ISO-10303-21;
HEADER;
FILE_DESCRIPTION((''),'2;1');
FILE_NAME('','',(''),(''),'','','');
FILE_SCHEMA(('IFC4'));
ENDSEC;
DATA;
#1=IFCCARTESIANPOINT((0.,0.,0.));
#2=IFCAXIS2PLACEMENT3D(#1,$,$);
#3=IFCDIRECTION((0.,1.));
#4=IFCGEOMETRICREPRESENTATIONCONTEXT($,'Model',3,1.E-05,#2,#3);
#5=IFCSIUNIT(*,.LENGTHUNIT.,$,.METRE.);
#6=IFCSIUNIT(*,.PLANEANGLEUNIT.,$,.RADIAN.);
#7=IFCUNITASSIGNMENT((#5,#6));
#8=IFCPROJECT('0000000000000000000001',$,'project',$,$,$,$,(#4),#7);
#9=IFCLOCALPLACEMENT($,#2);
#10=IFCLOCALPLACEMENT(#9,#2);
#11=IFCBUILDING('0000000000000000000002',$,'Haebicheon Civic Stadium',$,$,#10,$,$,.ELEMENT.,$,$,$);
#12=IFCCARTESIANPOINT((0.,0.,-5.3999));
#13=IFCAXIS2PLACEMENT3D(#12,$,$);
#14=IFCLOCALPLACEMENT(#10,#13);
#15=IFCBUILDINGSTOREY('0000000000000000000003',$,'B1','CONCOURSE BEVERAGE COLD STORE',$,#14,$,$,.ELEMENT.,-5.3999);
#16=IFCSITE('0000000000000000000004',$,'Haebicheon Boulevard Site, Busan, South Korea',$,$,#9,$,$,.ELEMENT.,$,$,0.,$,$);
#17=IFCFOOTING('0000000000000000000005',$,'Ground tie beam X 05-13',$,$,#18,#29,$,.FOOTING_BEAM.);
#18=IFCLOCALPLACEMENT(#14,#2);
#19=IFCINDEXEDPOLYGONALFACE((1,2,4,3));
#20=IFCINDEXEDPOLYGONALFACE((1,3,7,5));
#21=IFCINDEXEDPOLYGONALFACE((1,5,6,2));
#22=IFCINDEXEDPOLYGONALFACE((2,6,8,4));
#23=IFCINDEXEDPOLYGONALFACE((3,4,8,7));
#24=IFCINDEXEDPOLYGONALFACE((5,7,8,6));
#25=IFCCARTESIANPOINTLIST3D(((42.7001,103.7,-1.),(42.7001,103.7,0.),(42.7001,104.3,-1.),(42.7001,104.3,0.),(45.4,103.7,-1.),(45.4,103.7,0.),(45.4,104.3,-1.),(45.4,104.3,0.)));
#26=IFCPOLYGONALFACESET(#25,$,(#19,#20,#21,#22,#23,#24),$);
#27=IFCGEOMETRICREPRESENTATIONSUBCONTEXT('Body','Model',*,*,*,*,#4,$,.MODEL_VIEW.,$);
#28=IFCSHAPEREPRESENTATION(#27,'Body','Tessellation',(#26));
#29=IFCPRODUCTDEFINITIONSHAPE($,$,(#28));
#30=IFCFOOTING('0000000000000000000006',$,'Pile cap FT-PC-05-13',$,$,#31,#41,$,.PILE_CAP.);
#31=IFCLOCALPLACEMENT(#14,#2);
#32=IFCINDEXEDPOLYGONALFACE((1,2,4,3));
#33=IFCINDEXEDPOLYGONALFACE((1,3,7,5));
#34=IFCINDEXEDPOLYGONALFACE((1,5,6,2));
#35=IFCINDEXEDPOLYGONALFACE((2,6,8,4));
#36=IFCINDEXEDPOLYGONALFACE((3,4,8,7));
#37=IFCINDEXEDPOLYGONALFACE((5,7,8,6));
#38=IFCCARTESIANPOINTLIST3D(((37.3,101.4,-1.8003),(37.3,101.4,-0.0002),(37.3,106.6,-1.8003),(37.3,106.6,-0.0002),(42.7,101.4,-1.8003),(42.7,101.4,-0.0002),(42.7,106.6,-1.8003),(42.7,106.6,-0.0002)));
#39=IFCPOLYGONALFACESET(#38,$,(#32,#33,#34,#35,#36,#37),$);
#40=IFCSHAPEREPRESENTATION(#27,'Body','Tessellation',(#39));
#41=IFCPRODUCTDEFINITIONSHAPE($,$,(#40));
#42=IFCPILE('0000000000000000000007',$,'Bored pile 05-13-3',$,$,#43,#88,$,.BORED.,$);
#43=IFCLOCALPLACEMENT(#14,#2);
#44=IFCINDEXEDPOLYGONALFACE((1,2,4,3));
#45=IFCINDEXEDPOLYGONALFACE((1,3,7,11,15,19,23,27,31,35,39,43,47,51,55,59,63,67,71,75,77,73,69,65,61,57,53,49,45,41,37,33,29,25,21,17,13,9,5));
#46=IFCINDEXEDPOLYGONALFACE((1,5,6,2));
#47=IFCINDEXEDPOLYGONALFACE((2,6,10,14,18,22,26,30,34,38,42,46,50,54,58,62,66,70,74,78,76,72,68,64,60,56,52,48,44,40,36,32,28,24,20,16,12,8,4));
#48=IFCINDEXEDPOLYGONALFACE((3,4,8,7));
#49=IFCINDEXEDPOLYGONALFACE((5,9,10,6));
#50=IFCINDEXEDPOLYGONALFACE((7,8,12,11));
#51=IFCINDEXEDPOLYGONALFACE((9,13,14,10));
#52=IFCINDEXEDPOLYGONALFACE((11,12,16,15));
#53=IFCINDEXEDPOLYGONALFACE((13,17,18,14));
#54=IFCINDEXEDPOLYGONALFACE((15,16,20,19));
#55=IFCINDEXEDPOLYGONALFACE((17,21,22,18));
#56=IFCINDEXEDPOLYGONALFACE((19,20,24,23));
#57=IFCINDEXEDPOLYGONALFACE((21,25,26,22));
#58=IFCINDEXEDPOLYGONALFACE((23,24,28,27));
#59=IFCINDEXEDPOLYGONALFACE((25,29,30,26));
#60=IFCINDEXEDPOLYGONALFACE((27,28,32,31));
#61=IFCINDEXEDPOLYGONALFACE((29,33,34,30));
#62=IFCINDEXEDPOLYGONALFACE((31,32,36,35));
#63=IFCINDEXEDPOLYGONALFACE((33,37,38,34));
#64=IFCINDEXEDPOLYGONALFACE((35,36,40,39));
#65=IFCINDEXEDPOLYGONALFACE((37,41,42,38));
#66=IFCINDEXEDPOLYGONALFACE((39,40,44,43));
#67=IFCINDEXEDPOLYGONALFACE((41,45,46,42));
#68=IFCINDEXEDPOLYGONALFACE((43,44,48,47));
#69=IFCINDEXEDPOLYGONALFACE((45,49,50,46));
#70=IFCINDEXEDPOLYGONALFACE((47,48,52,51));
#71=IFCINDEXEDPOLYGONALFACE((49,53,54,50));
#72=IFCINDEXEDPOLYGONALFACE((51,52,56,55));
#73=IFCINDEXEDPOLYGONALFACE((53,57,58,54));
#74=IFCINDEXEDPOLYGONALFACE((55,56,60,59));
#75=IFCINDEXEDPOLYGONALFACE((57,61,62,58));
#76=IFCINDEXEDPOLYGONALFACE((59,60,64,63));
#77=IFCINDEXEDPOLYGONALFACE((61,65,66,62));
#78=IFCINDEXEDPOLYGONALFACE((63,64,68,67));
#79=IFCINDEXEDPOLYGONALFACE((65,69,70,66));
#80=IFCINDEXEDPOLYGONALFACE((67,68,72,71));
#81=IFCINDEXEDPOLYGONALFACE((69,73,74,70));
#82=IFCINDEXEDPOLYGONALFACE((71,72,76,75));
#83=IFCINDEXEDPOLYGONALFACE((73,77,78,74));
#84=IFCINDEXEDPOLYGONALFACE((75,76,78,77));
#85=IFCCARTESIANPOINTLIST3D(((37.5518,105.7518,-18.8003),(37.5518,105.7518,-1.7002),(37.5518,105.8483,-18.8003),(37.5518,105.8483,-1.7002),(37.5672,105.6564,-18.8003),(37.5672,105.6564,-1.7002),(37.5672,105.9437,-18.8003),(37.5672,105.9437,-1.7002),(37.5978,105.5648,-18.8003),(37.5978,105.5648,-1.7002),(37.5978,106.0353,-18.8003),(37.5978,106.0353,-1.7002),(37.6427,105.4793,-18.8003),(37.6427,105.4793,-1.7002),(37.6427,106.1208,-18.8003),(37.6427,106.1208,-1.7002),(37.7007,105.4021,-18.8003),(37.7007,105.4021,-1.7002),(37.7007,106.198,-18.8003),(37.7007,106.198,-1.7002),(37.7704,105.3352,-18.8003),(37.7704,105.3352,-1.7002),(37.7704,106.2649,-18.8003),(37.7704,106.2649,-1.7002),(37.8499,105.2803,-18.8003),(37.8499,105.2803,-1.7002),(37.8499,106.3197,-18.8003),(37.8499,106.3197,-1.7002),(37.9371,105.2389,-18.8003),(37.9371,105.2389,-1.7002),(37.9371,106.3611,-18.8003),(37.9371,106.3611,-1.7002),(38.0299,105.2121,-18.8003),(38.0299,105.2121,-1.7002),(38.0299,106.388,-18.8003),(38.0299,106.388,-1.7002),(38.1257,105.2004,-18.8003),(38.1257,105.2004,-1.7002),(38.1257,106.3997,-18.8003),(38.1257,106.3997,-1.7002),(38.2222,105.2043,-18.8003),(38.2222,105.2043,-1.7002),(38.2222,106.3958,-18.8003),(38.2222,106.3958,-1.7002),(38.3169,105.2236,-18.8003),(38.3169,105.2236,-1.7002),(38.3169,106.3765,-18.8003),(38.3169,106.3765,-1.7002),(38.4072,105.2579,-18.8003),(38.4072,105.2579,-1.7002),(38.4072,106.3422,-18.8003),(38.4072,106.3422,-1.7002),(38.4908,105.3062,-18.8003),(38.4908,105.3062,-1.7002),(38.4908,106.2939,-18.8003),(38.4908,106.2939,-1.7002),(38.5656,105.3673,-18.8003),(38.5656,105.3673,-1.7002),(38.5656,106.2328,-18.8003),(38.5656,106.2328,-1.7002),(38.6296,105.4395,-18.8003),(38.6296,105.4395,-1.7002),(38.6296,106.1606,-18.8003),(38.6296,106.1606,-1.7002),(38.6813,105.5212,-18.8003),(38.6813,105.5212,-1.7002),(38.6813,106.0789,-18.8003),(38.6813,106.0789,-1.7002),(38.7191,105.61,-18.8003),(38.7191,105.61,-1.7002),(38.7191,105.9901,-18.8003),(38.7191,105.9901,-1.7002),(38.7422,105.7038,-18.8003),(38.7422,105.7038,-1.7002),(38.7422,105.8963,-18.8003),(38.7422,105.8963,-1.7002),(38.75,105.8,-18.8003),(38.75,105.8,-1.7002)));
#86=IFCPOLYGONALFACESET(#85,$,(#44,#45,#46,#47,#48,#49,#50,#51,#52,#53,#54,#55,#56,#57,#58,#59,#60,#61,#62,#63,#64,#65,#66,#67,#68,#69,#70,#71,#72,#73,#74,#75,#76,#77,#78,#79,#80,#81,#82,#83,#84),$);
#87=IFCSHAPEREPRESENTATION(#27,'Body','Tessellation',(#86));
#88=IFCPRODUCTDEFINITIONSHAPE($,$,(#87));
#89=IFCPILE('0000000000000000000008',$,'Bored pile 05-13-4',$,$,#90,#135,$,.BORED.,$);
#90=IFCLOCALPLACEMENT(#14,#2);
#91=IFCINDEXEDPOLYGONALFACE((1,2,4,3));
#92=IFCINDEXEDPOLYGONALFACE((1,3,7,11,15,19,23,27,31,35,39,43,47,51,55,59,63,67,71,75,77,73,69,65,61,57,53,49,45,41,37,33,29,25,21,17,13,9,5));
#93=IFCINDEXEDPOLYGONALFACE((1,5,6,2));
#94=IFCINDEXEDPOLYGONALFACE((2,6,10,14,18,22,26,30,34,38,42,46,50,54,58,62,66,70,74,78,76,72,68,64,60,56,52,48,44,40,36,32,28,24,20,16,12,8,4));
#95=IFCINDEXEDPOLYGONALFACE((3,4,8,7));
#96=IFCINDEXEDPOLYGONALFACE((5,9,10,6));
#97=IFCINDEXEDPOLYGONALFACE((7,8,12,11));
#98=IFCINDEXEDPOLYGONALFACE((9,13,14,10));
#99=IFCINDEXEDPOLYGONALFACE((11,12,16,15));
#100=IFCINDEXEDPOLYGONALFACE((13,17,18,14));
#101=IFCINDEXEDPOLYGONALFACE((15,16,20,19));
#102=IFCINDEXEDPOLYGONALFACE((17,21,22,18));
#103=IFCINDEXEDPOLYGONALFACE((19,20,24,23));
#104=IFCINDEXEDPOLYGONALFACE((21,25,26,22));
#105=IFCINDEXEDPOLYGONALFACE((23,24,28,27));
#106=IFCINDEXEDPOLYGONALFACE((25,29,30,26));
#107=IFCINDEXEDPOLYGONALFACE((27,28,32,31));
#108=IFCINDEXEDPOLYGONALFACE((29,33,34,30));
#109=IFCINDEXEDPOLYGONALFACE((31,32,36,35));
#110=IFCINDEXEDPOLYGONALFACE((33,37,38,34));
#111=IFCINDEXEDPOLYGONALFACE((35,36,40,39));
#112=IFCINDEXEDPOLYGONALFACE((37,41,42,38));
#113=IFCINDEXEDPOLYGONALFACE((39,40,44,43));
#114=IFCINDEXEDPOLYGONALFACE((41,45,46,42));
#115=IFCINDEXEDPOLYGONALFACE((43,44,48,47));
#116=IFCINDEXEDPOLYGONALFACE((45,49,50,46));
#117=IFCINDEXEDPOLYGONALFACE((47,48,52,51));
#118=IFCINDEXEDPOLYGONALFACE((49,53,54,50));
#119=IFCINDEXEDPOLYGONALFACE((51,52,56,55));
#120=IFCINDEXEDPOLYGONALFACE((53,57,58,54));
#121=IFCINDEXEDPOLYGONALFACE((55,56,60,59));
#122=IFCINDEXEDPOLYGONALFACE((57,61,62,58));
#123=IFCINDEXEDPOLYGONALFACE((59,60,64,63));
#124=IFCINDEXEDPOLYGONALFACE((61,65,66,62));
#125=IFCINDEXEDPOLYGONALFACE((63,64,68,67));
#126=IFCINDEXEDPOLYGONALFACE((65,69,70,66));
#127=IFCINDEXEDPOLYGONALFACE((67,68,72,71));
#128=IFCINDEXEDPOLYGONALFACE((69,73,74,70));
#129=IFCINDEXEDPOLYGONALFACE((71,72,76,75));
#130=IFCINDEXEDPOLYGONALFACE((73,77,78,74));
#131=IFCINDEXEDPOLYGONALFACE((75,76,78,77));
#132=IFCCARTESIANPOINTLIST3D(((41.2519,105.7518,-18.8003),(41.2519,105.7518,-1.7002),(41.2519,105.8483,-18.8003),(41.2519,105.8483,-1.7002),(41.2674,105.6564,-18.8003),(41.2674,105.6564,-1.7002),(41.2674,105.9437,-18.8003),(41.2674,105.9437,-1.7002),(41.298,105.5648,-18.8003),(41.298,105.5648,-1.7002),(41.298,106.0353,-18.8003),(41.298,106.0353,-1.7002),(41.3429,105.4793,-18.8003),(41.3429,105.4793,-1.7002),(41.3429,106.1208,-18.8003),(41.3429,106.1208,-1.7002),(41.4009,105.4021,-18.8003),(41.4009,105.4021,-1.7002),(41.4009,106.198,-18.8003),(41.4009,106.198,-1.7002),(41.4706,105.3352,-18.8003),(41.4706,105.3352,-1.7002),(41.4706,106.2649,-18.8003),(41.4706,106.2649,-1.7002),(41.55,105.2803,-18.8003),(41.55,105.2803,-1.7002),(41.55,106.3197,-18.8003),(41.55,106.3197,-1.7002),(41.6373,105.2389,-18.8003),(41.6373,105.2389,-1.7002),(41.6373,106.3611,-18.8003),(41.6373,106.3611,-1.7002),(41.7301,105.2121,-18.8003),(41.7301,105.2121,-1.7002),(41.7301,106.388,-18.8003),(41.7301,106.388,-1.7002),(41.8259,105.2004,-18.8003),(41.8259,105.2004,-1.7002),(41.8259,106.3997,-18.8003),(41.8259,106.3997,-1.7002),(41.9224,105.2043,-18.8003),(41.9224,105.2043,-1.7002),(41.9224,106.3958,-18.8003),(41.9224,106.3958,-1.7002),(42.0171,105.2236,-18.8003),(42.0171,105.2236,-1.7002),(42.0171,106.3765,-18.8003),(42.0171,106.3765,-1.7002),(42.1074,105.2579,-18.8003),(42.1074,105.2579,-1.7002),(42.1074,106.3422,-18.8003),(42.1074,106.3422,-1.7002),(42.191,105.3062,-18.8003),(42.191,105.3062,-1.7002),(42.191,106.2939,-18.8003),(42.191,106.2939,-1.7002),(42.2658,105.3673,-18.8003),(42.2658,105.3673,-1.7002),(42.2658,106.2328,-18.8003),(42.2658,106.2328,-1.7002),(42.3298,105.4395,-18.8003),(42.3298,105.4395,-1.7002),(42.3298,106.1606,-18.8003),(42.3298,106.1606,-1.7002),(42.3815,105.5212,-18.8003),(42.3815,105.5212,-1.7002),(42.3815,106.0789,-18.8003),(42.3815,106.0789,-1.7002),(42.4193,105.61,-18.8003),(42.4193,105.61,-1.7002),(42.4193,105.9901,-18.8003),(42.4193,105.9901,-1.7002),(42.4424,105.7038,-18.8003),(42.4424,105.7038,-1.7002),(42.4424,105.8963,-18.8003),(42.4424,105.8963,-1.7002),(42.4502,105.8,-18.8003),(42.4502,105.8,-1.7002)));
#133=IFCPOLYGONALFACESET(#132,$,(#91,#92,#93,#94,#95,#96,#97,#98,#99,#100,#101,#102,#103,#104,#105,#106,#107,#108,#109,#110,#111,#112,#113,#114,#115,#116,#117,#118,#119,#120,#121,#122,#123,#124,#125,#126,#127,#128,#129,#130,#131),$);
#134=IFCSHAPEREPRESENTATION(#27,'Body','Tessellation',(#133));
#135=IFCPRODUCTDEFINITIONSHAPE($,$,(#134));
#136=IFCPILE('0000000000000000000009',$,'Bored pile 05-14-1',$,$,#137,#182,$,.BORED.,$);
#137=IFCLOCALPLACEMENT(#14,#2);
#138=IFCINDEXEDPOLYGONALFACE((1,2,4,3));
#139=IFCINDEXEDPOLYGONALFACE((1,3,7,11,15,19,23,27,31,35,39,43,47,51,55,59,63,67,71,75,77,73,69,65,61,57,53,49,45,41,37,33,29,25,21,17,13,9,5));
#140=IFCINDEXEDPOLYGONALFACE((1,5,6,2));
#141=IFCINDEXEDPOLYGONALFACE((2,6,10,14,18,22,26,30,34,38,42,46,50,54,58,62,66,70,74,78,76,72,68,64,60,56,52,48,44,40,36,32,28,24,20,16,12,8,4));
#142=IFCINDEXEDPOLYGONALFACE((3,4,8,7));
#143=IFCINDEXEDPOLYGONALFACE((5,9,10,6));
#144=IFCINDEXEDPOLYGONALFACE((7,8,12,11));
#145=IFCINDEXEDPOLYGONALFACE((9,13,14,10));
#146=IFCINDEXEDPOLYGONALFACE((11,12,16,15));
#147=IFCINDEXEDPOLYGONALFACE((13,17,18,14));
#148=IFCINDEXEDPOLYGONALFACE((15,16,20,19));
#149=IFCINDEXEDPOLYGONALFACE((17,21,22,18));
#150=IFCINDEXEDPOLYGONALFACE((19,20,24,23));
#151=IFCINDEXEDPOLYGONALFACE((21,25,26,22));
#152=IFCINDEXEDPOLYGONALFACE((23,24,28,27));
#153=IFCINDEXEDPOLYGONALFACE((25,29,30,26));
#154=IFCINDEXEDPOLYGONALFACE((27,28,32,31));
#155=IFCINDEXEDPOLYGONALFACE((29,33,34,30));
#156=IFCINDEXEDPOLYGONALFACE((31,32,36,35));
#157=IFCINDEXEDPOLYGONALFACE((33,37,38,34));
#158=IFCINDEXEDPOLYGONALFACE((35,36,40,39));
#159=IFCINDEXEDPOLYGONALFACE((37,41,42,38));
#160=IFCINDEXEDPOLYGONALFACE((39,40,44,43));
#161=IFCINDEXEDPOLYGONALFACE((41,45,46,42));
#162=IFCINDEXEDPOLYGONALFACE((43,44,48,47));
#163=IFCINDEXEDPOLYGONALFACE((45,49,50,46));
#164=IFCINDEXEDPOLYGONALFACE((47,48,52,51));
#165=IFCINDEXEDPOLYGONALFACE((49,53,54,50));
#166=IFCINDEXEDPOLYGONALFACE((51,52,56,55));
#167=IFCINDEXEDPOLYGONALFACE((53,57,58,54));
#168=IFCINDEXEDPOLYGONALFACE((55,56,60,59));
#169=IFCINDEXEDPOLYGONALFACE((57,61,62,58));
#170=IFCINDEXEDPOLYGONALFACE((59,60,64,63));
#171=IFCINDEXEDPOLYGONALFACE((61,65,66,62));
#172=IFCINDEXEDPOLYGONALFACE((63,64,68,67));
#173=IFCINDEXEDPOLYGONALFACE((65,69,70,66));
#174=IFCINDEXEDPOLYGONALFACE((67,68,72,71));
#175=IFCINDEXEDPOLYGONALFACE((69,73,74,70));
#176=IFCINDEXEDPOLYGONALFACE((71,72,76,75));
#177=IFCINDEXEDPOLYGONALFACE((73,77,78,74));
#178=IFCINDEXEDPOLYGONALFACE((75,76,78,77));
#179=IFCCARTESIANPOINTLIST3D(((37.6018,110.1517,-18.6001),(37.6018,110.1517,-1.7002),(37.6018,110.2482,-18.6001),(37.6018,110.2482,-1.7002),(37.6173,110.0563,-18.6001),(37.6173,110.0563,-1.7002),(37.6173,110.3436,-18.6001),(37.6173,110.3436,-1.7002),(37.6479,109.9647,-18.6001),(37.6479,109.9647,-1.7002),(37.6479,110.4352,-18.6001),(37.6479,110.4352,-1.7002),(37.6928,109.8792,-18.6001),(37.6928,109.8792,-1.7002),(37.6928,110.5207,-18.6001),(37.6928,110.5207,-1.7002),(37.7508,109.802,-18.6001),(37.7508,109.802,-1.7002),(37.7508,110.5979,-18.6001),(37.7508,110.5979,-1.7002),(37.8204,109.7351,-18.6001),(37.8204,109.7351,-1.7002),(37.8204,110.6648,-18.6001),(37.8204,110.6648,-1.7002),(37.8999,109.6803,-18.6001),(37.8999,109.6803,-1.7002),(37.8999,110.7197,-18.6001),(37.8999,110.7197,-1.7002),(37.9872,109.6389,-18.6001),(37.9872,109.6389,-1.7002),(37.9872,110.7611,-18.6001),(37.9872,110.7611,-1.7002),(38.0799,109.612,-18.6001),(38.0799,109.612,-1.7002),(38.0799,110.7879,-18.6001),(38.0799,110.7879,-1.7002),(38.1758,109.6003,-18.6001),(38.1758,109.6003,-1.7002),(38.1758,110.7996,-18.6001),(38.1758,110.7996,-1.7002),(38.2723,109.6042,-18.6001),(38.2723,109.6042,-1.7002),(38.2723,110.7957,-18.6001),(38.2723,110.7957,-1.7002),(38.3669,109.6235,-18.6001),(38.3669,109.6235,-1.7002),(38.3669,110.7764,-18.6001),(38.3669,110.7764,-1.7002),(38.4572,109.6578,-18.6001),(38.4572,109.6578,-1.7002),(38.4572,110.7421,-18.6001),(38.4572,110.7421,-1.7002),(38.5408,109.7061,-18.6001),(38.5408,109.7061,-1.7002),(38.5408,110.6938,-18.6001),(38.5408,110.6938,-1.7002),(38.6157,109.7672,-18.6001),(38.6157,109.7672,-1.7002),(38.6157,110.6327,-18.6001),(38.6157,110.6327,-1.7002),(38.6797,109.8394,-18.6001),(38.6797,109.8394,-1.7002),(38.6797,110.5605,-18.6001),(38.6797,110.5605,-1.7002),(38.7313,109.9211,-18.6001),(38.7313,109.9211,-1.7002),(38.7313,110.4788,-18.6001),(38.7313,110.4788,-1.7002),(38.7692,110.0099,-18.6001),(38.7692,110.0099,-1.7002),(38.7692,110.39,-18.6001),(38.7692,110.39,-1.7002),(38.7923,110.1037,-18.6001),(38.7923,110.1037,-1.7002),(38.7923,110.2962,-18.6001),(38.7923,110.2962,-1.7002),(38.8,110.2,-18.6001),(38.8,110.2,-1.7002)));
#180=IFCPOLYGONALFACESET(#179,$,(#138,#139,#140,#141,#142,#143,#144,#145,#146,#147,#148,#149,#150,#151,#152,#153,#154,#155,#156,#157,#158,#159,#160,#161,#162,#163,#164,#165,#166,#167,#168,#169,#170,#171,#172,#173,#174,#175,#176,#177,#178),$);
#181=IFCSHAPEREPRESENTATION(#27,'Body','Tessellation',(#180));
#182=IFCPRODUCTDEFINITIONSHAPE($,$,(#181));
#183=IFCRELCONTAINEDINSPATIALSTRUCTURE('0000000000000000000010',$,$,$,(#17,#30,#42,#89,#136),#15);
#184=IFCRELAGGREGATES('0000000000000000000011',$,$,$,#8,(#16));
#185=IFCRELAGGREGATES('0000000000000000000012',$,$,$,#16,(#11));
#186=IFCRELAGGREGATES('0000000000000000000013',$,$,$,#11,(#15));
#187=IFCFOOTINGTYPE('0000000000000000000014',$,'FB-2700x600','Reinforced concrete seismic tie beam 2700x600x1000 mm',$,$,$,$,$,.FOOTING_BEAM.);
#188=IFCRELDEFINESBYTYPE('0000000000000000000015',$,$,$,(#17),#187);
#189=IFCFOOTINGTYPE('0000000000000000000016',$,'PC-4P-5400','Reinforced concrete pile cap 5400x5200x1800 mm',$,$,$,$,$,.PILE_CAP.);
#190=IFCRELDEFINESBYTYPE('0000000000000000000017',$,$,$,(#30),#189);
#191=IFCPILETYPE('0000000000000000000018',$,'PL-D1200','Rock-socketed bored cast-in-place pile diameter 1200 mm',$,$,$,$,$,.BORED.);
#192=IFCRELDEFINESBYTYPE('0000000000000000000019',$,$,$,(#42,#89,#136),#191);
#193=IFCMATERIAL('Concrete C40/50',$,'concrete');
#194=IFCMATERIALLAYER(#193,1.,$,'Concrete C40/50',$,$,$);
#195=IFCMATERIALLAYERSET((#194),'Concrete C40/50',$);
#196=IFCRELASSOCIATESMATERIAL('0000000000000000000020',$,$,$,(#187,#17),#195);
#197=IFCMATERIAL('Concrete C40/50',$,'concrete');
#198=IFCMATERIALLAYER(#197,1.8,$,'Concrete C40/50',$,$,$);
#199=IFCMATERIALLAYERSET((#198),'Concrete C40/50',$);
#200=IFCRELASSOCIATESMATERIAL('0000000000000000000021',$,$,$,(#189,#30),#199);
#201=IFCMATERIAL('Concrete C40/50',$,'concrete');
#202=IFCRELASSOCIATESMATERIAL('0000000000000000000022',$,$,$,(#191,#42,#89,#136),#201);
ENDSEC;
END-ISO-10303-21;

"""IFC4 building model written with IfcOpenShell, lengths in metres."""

from ifc_helpers import new_model, si_unit, direction, frame, origin, origin_2d, place, context, subcontext, project, spatial, rectangle, circle, extrude, material, layer, layer_set, material_profile, profile_set, type_object, element, save


model = new_model("IFC4")

# Units and contexts
model_context = context("Model", 3, precision=1e-05, world=origin(), true_north=direction((0.0, 1.0)))
body_context = subcontext(model_context, "Body", "Model", "MODEL_VIEW")
ifc_project = project(units=[si_unit("LENGTHUNIT", "METRE"), si_unit("PLANEANGLEUNIT", "RADIAN")], contexts=[model_context])

# Site, building, storey
site_placement = place(None, origin())
site = spatial("IfcSite", under=ifc_project, at=site_placement, Name="Haebicheon Boulevard Site, Busan, South Korea", CompositionType="ELEMENT", RefElevation=0.0)
building_placement = place(site_placement, origin())
building = spatial("IfcBuilding", under=site, at=building_placement, Name="Haebicheon Civic Stadium", CompositionType="ELEMENT")
storey_placement = place(building_placement, frame((0.0, 0.0, -5.3999)))
storey = spatial("IfcBuildingStorey", under=building, at=storey_placement, Name="B1", Description="CONCOURSE BEVERAGE COLD STORE", CompositionType="ELEMENT", Elevation=-5.3999)

# Footings
ifc_material_1 = material(Name="Concrete C40/50", Category="concrete")
ifc_layer_1 = layer(ifc_material_1, 1.0, Name="Concrete C40/50")
ifc_layer_set_1 = layer_set([ifc_layer_1], Name="Concrete C40/50")
footing_type_1 = type_object("IfcFootingType", Name="FB-2700x600", Description="Reinforced concrete seismic tie beam 2700x600x1000 mm", PredefinedType="FOOTING_BEAM", material=ifc_layer_set_1)
footing_1_placement = place(storey_placement, frame((44.05, 104.0, -1.0), z_axis=(0.0, 0.0, 1.0), x_axis=(1.0, 0.0, 0.0)))
element("IfcFooting", 1, at=footing_1_placement, inside=storey, type_object=footing_type_1, material=ifc_layer_set_1, Name="Ground tie beam X 05-13", PredefinedType="FOOTING_BEAM", context=body_context, shape_type="SweptSolid", body=[
    extrude(rectangle(XDim=2.7, YDim=0.6001, at=origin_2d()), origin(), (0.0, 0.0, 1.0), 1.0),
])
ifc_material_2 = material(Name="Concrete C40/50", Category="concrete")
ifc_layer_2 = layer(ifc_material_2, 1.8, Name="Concrete C40/50")
ifc_layer_set_2 = layer_set([ifc_layer_2], Name="Concrete C40/50")
footing_type_2 = type_object("IfcFootingType", Name="PC-4P-5400", Description="Reinforced concrete pile cap 5400x5200x1800 mm", PredefinedType="PILE_CAP", material=ifc_layer_set_2)
footing_2_placement = place(storey_placement, frame((40.0, 104.0, -1.8003), z_axis=(0.0, 0.0, 1.0), x_axis=(1.0, 0.0, 0.0)))
element("IfcFooting", 2, at=footing_2_placement, inside=storey, type_object=footing_type_2, material=ifc_layer_set_2, Name="Pile cap FT-PC-05-13", PredefinedType="PILE_CAP", context=body_context, shape_type="SweptSolid", body=[
    extrude(rectangle(XDim=5.3999, YDim=5.2, at=origin_2d()), origin(), (0.0, 0.0, 1.0), 1.8),
])

# Piles
ifc_material_3 = material(Name="Concrete C40/50", Category="concrete")
ifc_material_profile_1 = material_profile(ifc_material_3, circle(Radius=0.6001, at=origin_2d()), Name="PILE-D1200")
ifc_profile_set_1 = profile_set([ifc_material_profile_1], Name="Concrete C40/50")
pile_type = type_object("IfcPileType", Name="PL-D1200", Description="Rock-socketed bored cast-in-place pile diameter 1200 mm", PredefinedType="BORED", material=ifc_profile_set_1)
for number, where, z_axis, x_axis, name in (
    (3, (38.1499, 105.8, -1.7002), (0.0, 0.0, -1.0), (1.0, 0.0, 0.0), "Bored pile 05-13-3"),
    (4, (41.8501, 105.8, -1.7002), (0.0, 0.0, -1.0), (1.0, 0.0, 0.0), "Bored pile 05-13-4"),
):
    element("IfcPile", number, at=place(storey_placement, frame(where, z_axis=z_axis, x_axis=x_axis)), inside=storey, type_object=pile_type, material=ifc_profile_set_1, Name=name, PredefinedType="BORED", context=body_context, shape_type="SweptSolid", body=[
        extrude(circle(Radius=0.6001, at=origin_2d()), origin(), (0.0, 0.0, 1.0), 17.1001),
    ])
for number, where, z_axis, x_axis, name in (
    (5, (38.2, 110.2, -1.7002), (0.0, 0.0, -1.0), (1.0, 0.0, 0.0), "Bored pile 05-14-1"),
):
    element("IfcPile", number, at=place(storey_placement, frame(where, z_axis=z_axis, x_axis=x_axis)), inside=storey, type_object=pile_type, material=ifc_profile_set_1, Name=name, PredefinedType="BORED", context=body_context, shape_type="SweptSolid", body=[
        extrude(circle(Radius=0.6001, at=origin_2d()), origin(), (0.0, 0.0, 1.0), 16.8999),
    ])

save(model, "model.ifc")
